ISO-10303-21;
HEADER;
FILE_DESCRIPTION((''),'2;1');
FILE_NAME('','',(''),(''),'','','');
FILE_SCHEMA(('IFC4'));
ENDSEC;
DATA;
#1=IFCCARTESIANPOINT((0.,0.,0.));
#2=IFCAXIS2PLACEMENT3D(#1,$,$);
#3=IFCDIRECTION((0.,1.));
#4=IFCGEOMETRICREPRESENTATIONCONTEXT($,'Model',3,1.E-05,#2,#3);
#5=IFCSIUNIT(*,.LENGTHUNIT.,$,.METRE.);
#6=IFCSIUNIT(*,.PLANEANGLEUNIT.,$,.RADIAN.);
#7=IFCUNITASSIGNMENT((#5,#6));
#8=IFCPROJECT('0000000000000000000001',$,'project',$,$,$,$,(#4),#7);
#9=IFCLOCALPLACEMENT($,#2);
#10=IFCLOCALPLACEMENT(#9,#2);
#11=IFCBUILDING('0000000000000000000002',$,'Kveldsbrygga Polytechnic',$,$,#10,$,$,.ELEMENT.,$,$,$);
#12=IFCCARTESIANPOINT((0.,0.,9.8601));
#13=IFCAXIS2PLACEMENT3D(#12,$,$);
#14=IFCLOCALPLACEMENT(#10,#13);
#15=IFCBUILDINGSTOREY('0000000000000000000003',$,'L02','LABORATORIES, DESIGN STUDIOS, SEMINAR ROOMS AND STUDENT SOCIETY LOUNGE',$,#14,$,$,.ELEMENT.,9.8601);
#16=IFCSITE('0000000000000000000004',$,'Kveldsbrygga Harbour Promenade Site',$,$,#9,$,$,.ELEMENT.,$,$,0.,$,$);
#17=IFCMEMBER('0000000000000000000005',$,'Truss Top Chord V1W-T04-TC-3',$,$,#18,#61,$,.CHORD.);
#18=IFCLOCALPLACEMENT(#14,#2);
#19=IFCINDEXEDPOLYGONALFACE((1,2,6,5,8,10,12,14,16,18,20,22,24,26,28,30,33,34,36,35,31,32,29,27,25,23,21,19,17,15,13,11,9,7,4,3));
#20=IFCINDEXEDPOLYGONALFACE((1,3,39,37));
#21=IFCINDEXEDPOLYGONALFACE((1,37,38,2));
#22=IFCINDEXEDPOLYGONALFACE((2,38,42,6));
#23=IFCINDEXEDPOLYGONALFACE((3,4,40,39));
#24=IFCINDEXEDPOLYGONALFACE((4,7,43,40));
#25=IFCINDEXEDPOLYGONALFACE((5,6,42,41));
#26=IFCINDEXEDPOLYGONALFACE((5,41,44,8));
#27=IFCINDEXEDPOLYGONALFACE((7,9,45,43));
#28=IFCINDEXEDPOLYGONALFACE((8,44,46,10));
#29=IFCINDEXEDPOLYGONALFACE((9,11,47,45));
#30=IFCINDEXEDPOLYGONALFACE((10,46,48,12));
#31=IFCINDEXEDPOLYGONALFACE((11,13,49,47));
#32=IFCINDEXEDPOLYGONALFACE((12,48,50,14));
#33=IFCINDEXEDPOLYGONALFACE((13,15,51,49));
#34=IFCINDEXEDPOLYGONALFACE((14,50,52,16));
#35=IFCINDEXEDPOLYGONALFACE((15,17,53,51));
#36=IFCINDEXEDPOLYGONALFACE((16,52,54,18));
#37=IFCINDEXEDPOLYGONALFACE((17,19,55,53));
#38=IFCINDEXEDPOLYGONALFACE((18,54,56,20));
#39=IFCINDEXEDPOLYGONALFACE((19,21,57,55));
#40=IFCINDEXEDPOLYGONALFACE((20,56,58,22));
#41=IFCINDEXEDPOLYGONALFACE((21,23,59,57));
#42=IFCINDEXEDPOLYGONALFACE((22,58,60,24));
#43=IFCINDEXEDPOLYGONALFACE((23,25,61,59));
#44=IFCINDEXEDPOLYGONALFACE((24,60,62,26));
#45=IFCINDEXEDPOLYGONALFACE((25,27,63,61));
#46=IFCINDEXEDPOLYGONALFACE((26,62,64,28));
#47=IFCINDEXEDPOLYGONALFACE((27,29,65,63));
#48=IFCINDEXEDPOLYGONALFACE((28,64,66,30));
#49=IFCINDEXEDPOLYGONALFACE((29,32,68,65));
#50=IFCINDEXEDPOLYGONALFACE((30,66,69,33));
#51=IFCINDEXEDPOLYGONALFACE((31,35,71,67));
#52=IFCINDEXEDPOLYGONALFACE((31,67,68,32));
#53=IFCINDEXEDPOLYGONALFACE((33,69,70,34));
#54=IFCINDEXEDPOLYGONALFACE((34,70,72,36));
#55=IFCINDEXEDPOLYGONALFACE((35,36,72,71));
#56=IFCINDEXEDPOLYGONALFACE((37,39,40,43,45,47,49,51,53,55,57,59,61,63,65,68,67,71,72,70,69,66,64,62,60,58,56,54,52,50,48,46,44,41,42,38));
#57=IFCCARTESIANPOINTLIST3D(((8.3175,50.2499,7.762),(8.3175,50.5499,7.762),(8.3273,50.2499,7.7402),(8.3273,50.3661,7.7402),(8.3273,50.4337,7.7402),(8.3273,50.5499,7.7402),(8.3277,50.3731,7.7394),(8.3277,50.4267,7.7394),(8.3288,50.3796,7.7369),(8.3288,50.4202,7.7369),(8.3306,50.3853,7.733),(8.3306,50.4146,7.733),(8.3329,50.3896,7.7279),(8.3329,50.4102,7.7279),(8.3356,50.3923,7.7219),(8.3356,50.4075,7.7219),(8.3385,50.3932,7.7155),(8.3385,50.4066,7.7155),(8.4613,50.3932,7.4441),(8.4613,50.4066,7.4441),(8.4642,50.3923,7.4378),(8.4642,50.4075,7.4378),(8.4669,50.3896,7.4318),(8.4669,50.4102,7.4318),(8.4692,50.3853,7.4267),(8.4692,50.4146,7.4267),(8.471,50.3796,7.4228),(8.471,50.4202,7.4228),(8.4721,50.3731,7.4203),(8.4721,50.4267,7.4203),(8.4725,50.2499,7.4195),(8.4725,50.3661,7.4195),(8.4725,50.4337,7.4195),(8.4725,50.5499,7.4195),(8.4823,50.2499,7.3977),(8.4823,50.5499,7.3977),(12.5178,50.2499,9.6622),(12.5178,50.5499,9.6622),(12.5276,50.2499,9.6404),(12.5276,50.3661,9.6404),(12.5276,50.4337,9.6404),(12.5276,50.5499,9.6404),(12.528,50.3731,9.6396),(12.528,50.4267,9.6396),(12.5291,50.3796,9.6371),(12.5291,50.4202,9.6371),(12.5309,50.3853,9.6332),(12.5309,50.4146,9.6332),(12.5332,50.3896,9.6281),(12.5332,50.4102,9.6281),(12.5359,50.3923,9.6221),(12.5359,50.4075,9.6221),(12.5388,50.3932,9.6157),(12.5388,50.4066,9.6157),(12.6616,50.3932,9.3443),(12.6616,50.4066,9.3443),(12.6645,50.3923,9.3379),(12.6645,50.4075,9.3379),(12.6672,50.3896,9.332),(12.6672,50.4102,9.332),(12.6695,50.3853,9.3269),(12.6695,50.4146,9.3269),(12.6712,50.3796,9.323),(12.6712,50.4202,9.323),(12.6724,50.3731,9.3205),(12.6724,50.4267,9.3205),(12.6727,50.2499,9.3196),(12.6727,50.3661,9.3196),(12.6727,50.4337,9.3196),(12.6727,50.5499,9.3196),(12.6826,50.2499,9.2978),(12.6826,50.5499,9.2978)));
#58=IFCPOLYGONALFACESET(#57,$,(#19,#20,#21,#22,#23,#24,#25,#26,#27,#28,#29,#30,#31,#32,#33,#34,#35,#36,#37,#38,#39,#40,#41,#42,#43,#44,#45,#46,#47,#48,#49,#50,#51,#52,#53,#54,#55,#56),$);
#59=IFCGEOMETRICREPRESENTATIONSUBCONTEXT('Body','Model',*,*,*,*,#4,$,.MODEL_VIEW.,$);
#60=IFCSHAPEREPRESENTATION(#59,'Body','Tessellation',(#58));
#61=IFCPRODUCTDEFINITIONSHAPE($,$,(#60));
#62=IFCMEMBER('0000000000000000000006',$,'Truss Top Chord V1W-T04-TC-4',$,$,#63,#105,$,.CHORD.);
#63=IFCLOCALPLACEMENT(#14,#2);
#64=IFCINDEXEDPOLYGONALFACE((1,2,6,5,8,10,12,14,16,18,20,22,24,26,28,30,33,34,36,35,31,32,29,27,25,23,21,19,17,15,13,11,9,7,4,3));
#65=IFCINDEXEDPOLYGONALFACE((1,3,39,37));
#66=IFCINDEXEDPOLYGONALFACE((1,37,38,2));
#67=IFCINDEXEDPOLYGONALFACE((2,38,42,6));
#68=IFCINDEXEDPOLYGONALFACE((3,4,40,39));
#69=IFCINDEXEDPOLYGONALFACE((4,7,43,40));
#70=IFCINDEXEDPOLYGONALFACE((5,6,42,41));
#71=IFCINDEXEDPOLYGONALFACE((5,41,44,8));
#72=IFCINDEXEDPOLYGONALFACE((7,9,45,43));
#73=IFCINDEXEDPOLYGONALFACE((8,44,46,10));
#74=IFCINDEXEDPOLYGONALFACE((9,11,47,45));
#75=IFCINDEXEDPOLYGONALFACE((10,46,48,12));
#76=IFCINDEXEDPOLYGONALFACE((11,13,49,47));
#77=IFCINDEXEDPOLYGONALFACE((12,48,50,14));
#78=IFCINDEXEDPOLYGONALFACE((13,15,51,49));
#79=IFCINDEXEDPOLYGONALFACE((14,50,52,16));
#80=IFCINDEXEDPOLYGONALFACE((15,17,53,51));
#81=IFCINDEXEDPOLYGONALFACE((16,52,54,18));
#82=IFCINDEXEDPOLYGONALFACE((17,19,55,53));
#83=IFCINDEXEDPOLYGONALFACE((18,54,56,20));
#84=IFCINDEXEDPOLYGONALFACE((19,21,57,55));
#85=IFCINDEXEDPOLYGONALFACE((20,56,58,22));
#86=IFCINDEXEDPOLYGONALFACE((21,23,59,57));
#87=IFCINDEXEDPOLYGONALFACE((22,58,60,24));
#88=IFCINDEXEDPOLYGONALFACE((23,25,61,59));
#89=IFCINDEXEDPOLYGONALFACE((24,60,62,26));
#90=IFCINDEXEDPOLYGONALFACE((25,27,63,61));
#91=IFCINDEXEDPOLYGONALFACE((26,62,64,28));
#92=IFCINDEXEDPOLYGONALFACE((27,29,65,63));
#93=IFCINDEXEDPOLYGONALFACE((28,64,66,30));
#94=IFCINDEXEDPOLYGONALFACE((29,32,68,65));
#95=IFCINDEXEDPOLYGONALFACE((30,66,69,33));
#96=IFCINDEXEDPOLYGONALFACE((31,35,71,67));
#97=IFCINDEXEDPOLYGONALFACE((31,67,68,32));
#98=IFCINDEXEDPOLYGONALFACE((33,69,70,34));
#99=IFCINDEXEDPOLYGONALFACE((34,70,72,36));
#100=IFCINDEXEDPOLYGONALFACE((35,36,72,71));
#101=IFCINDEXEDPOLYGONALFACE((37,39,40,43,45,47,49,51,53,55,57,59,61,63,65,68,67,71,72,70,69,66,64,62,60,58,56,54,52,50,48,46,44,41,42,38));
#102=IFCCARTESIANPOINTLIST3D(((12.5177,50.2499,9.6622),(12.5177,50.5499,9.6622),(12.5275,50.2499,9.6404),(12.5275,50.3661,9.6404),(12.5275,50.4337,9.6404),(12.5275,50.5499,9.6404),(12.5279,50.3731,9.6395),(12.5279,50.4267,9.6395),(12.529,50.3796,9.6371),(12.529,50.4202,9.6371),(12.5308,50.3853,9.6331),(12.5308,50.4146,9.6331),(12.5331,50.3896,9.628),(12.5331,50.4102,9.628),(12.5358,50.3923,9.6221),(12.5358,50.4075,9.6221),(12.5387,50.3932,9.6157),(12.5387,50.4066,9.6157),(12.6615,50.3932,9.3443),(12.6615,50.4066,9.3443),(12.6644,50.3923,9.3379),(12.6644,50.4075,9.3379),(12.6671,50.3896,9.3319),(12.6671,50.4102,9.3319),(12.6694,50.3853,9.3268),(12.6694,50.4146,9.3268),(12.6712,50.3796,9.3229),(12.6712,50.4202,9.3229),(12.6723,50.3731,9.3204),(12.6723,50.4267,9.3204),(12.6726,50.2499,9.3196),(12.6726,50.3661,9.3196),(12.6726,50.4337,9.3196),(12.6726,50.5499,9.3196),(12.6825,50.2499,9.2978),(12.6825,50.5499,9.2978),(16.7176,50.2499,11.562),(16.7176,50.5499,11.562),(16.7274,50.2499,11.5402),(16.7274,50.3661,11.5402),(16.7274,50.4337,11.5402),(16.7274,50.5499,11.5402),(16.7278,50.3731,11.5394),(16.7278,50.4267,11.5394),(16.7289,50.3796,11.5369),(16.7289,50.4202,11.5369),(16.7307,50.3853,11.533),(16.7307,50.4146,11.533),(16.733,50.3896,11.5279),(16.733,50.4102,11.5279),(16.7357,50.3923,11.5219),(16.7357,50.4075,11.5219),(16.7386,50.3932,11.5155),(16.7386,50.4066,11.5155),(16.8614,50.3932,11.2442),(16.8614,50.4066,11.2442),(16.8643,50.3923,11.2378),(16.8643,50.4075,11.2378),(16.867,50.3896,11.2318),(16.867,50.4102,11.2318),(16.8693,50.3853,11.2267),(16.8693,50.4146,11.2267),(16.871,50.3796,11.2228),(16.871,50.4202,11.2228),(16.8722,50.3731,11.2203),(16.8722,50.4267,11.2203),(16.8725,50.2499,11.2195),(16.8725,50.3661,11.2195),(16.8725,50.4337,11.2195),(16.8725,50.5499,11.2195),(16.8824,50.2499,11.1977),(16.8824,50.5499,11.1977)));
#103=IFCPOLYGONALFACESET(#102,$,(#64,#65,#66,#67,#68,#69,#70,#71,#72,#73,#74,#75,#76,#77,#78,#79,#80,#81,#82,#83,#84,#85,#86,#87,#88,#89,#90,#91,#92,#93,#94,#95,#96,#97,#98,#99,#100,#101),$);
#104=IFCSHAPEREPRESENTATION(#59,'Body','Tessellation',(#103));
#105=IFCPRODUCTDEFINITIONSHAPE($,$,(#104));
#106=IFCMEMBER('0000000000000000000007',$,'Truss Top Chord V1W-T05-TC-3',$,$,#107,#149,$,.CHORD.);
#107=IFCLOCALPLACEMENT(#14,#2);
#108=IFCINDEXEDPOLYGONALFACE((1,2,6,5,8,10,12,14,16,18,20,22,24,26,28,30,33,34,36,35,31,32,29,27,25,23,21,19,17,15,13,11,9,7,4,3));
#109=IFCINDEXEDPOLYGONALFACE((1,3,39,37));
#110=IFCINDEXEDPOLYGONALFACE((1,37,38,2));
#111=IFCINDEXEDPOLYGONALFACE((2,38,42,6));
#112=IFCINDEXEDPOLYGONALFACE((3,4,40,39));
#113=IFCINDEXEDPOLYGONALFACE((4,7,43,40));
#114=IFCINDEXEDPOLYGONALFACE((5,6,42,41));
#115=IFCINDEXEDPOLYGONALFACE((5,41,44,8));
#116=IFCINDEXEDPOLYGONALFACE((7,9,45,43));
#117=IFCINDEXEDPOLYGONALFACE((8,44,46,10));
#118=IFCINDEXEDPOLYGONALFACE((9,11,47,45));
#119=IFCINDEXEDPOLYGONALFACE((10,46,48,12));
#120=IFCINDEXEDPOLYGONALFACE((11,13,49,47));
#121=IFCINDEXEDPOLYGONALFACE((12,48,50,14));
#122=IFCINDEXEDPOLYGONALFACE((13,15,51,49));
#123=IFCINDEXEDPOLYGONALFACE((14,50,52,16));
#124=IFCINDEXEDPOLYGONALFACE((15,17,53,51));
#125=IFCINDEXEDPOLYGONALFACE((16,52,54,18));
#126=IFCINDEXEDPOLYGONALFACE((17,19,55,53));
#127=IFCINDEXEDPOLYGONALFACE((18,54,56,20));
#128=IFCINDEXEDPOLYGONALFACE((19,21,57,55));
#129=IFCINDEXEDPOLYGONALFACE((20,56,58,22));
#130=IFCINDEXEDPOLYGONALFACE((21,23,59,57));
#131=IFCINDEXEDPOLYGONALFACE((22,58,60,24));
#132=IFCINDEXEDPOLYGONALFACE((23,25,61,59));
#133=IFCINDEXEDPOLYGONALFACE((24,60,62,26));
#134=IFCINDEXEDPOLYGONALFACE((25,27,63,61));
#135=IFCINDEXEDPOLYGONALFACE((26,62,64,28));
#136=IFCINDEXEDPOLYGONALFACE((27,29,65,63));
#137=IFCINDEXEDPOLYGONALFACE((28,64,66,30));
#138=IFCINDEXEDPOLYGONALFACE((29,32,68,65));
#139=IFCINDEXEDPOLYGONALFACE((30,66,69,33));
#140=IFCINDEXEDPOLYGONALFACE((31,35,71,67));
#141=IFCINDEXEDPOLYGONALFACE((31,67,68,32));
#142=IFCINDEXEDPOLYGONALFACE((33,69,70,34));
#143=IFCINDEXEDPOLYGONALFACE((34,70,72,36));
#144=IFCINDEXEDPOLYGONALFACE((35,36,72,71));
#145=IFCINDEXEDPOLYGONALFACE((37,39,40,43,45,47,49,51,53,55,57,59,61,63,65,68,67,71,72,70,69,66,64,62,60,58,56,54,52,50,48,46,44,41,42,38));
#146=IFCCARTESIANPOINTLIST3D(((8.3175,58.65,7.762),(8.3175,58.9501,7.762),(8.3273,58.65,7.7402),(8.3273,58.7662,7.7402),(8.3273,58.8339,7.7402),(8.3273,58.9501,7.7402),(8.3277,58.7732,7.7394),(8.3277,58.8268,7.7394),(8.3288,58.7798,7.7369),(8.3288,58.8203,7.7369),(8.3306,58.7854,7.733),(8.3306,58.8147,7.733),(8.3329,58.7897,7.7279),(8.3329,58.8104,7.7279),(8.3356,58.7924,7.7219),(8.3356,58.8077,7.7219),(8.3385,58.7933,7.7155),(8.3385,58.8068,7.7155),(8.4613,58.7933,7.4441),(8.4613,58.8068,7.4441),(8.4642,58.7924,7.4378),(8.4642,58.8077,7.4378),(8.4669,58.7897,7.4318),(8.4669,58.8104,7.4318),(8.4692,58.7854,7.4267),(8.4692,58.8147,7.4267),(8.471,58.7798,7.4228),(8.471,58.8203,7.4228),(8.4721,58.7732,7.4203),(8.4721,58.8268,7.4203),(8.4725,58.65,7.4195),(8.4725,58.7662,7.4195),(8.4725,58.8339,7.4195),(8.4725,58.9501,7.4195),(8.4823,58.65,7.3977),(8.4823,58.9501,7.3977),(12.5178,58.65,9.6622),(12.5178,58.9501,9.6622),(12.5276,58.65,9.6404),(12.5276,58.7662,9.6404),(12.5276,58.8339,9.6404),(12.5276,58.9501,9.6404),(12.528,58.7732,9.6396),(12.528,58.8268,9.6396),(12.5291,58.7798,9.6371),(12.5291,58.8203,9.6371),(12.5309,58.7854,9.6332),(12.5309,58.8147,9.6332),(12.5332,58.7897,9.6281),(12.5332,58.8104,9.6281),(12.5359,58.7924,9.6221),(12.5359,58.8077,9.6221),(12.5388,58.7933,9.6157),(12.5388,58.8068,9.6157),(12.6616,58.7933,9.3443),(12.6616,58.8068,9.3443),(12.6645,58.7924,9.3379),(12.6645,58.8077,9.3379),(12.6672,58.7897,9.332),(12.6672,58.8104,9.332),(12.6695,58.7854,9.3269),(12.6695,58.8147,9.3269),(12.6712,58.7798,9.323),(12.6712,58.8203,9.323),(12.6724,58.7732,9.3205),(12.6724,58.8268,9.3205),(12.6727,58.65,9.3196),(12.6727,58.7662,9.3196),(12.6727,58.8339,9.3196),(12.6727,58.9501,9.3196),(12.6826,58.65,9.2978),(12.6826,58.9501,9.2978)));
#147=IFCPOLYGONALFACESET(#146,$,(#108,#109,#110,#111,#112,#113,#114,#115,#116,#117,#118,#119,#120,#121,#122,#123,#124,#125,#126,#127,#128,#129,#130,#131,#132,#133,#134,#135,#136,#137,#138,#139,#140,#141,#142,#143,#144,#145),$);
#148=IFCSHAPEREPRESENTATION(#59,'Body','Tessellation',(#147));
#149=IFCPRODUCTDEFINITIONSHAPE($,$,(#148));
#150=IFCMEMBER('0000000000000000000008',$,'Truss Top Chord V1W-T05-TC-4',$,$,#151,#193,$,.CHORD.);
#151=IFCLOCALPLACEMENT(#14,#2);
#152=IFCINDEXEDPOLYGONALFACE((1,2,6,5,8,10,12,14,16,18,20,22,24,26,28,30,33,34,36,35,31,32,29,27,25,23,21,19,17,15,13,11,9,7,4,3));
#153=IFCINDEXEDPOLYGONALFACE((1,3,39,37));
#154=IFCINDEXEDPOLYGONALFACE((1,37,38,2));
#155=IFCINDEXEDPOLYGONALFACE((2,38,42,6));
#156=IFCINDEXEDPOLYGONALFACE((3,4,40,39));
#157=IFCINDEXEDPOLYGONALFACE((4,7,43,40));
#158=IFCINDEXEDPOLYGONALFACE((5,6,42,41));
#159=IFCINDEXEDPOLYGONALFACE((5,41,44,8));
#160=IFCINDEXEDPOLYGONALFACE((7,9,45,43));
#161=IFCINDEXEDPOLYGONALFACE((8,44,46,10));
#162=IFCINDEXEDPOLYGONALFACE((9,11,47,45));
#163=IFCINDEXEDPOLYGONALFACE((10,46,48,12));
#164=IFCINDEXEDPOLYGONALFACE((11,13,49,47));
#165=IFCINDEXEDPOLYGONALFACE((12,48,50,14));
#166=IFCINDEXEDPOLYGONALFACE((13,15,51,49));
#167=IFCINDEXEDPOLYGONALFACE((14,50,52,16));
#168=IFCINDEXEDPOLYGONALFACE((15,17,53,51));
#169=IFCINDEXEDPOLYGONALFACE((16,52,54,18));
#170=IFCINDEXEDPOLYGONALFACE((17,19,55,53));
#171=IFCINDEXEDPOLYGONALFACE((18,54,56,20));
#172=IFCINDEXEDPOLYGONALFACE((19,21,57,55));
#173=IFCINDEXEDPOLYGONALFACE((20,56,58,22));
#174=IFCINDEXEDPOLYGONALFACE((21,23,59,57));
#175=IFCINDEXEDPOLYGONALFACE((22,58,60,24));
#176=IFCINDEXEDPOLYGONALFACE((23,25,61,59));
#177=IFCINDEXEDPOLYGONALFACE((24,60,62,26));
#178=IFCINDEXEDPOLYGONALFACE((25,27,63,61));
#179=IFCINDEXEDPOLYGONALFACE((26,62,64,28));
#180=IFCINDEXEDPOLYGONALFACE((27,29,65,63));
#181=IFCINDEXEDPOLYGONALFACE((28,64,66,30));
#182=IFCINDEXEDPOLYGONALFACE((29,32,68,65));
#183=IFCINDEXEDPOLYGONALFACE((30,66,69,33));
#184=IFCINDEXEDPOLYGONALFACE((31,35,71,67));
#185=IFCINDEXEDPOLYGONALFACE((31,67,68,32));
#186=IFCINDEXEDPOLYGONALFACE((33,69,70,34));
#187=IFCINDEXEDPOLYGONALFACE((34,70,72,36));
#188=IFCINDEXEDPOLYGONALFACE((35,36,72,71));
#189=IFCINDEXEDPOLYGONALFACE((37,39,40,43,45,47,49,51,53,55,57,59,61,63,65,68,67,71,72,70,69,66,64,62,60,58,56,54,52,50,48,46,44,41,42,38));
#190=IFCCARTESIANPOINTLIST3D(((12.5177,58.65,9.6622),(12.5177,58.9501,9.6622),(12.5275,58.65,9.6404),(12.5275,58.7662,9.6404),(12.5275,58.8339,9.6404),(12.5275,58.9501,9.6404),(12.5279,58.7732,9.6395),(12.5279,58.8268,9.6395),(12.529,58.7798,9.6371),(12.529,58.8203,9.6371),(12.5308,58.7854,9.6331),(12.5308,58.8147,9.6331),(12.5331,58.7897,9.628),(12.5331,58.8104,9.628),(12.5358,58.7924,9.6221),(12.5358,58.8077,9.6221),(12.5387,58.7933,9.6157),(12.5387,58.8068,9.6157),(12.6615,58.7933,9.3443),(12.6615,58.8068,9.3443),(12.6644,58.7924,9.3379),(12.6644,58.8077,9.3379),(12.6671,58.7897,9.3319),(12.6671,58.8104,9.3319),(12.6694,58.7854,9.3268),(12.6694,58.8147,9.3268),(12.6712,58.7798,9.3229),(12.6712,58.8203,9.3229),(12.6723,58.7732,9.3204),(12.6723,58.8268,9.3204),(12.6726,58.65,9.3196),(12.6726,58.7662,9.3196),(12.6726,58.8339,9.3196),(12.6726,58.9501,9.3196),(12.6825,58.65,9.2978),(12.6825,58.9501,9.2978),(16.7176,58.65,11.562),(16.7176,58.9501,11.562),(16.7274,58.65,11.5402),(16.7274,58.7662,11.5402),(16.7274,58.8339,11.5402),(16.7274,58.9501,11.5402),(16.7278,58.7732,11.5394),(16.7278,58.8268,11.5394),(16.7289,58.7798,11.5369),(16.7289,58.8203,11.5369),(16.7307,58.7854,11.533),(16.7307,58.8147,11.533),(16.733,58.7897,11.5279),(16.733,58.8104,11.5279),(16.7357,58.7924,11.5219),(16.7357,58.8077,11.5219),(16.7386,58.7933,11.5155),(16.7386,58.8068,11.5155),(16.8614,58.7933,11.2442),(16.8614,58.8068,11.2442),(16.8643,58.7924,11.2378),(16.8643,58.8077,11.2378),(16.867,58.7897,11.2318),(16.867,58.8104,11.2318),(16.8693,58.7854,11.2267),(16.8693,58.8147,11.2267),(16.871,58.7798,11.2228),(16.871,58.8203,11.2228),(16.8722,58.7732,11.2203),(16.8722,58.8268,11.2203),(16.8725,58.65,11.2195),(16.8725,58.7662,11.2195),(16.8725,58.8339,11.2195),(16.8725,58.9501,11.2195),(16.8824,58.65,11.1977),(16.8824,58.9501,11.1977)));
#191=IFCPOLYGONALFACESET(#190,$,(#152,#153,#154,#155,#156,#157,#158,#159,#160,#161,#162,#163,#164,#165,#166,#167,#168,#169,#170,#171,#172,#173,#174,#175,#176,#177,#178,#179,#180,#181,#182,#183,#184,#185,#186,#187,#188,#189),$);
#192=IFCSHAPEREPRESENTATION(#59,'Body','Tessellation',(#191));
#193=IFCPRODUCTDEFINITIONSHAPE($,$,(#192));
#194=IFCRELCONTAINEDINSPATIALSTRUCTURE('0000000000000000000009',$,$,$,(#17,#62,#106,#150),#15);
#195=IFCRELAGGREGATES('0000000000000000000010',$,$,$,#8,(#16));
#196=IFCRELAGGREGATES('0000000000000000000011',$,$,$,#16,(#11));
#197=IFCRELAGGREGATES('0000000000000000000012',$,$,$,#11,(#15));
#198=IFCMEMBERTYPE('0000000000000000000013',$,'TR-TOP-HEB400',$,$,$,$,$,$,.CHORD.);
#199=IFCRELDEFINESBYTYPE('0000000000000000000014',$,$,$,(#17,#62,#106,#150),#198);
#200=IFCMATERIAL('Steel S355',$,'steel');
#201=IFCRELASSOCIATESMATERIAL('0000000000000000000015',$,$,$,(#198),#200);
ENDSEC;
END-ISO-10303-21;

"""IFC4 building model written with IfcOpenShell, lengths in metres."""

from ifc_helpers import new_model, si_unit, direction, frame, origin, origin_2d, place, context, subcontext, project, spatial, i_section, extrude, material, material_profile, profile_set, type_object, element, save


model = new_model("IFC4")

# Units and contexts
model_context = context("Model", 3, precision=1e-05, world=origin(), true_north=direction((0.0, 1.0)))
body_context = subcontext(model_context, "Body", "Model", "MODEL_VIEW")
ifc_project = project(units=[si_unit("LENGTHUNIT", "METRE"), si_unit("PLANEANGLEUNIT", "RADIAN")], contexts=[model_context])

# Site, building, storey
site_placement = place(None, origin())
site = spatial("IfcSite", under=ifc_project, at=site_placement, Name="Kveldsbrygga Harbour Promenade Site", CompositionType="ELEMENT", RefElevation=0.0)
building_placement = place(site_placement, origin())
building = spatial("IfcBuilding", under=site, at=building_placement, Name="Kveldsbrygga Polytechnic", CompositionType="ELEMENT")
storey_placement = place(building_placement, frame((0.0, 0.0, 9.8601)))
storey = spatial("IfcBuildingStorey", under=building, at=storey_placement, Name="L02", Description="LABORATORIES, DESIGN STUDIOS, SEMINAR ROOMS AND STUDENT SOCIETY LOUNGE", CompositionType="ELEMENT", Elevation=9.8601)

# Members
ifc_material = material(Name="Steel S355", Category="steel")
ifc_material_profile_1 = material_profile(ifc_material, i_section(OverallWidth=0.3, OverallDepth=0.3999, WebThickness=0.0134, FlangeThickness=0.0239, FilletRadius=0.0271, at=origin_2d()), Name="HEB 400")
ifc_profile_set_1 = profile_set([ifc_material_profile_1], Name="Steel S355")
member_type_1 = type_object("IfcMemberType", Name="TR-TOP-HEB400", PredefinedType="CHORD", material=ifc_profile_set_1)
member_1_placement = place(storey_placement, frame((8.3999, 50.3999, 7.5798), z_axis=(0.911103, 0.0, 0.412178), x_axis=(0.0, 1.0, 0.0)))
element("IfcMember", 1, at=member_1_placement, inside=storey, type_object=member_type_1, Name="Truss Top Chord V1W-T04-TC-3", PredefinedType="CHORD", context=body_context, shape_type="SweptSolid", body=[
    extrude(i_section(OverallWidth=0.3, OverallDepth=0.3999, WebThickness=0.0134, FlangeThickness=0.0239, FilletRadius=0.0271, at=origin_2d()), origin(), (0.0, 0.0, 1.0), 4.6101),
])
member_2_placement = place(storey_placement, frame((12.6001, 50.3999, 9.48), z_axis=(0.911114, 0.0, 0.412154), x_axis=(0.0, 1.0, 0.0)))
element("IfcMember", 2, at=member_2_placement, inside=storey, type_object=member_type_1, Name="Truss Top Chord V1W-T04-TC-4", PredefinedType="CHORD", context=body_context, shape_type="SweptSolid", body=[
    extrude(i_section(OverallWidth=0.3, OverallDepth=0.3999, WebThickness=0.0134, FlangeThickness=0.0239, FilletRadius=0.0271, at=origin_2d()), origin(), (0.0, 0.0, 1.0), 4.6096),
])
member_3_placement = place(storey_placement, frame((8.3999, 58.8, 7.5798), z_axis=(0.911103, 0.0, 0.412178), x_axis=(0.0, 1.0, 0.0)))
element("IfcMember", 3, at=member_3_placement, inside=storey, type_object=member_type_1, Name="Truss Top Chord V1W-T05-TC-3", PredefinedType="CHORD", context=body_context, shape_type="SweptSolid", body=[
    extrude(i_section(OverallWidth=0.3, OverallDepth=0.3999, WebThickness=0.0134, FlangeThickness=0.0239, FilletRadius=0.0271, at=origin_2d()), origin(), (0.0, 0.0, 1.0), 4.6101),
])
for number, where, z_axis, x_axis, name in (
    (4, (12.6001, 58.8, 9.48), (0.911114, 0.0, 0.412154), (0.0, 1.0, 0.0), "Truss Top Chord V1W-T05-TC-4"),
):
    element("IfcMember", number, at=place(storey_placement, frame(where, z_axis=z_axis, x_axis=x_axis)), inside=storey, type_object=member_type_1, Name=name, PredefinedType="CHORD", context=body_context, shape_type="SweptSolid", body=[
        extrude(i_section(OverallWidth=0.3, OverallDepth=0.3999, WebThickness=0.0134, FlangeThickness=0.0239, FilletRadius=0.0271, at=origin_2d()), origin(), (0.0, 0.0, 1.0), 4.6096),
    ])

save(model, "model.ifc")
